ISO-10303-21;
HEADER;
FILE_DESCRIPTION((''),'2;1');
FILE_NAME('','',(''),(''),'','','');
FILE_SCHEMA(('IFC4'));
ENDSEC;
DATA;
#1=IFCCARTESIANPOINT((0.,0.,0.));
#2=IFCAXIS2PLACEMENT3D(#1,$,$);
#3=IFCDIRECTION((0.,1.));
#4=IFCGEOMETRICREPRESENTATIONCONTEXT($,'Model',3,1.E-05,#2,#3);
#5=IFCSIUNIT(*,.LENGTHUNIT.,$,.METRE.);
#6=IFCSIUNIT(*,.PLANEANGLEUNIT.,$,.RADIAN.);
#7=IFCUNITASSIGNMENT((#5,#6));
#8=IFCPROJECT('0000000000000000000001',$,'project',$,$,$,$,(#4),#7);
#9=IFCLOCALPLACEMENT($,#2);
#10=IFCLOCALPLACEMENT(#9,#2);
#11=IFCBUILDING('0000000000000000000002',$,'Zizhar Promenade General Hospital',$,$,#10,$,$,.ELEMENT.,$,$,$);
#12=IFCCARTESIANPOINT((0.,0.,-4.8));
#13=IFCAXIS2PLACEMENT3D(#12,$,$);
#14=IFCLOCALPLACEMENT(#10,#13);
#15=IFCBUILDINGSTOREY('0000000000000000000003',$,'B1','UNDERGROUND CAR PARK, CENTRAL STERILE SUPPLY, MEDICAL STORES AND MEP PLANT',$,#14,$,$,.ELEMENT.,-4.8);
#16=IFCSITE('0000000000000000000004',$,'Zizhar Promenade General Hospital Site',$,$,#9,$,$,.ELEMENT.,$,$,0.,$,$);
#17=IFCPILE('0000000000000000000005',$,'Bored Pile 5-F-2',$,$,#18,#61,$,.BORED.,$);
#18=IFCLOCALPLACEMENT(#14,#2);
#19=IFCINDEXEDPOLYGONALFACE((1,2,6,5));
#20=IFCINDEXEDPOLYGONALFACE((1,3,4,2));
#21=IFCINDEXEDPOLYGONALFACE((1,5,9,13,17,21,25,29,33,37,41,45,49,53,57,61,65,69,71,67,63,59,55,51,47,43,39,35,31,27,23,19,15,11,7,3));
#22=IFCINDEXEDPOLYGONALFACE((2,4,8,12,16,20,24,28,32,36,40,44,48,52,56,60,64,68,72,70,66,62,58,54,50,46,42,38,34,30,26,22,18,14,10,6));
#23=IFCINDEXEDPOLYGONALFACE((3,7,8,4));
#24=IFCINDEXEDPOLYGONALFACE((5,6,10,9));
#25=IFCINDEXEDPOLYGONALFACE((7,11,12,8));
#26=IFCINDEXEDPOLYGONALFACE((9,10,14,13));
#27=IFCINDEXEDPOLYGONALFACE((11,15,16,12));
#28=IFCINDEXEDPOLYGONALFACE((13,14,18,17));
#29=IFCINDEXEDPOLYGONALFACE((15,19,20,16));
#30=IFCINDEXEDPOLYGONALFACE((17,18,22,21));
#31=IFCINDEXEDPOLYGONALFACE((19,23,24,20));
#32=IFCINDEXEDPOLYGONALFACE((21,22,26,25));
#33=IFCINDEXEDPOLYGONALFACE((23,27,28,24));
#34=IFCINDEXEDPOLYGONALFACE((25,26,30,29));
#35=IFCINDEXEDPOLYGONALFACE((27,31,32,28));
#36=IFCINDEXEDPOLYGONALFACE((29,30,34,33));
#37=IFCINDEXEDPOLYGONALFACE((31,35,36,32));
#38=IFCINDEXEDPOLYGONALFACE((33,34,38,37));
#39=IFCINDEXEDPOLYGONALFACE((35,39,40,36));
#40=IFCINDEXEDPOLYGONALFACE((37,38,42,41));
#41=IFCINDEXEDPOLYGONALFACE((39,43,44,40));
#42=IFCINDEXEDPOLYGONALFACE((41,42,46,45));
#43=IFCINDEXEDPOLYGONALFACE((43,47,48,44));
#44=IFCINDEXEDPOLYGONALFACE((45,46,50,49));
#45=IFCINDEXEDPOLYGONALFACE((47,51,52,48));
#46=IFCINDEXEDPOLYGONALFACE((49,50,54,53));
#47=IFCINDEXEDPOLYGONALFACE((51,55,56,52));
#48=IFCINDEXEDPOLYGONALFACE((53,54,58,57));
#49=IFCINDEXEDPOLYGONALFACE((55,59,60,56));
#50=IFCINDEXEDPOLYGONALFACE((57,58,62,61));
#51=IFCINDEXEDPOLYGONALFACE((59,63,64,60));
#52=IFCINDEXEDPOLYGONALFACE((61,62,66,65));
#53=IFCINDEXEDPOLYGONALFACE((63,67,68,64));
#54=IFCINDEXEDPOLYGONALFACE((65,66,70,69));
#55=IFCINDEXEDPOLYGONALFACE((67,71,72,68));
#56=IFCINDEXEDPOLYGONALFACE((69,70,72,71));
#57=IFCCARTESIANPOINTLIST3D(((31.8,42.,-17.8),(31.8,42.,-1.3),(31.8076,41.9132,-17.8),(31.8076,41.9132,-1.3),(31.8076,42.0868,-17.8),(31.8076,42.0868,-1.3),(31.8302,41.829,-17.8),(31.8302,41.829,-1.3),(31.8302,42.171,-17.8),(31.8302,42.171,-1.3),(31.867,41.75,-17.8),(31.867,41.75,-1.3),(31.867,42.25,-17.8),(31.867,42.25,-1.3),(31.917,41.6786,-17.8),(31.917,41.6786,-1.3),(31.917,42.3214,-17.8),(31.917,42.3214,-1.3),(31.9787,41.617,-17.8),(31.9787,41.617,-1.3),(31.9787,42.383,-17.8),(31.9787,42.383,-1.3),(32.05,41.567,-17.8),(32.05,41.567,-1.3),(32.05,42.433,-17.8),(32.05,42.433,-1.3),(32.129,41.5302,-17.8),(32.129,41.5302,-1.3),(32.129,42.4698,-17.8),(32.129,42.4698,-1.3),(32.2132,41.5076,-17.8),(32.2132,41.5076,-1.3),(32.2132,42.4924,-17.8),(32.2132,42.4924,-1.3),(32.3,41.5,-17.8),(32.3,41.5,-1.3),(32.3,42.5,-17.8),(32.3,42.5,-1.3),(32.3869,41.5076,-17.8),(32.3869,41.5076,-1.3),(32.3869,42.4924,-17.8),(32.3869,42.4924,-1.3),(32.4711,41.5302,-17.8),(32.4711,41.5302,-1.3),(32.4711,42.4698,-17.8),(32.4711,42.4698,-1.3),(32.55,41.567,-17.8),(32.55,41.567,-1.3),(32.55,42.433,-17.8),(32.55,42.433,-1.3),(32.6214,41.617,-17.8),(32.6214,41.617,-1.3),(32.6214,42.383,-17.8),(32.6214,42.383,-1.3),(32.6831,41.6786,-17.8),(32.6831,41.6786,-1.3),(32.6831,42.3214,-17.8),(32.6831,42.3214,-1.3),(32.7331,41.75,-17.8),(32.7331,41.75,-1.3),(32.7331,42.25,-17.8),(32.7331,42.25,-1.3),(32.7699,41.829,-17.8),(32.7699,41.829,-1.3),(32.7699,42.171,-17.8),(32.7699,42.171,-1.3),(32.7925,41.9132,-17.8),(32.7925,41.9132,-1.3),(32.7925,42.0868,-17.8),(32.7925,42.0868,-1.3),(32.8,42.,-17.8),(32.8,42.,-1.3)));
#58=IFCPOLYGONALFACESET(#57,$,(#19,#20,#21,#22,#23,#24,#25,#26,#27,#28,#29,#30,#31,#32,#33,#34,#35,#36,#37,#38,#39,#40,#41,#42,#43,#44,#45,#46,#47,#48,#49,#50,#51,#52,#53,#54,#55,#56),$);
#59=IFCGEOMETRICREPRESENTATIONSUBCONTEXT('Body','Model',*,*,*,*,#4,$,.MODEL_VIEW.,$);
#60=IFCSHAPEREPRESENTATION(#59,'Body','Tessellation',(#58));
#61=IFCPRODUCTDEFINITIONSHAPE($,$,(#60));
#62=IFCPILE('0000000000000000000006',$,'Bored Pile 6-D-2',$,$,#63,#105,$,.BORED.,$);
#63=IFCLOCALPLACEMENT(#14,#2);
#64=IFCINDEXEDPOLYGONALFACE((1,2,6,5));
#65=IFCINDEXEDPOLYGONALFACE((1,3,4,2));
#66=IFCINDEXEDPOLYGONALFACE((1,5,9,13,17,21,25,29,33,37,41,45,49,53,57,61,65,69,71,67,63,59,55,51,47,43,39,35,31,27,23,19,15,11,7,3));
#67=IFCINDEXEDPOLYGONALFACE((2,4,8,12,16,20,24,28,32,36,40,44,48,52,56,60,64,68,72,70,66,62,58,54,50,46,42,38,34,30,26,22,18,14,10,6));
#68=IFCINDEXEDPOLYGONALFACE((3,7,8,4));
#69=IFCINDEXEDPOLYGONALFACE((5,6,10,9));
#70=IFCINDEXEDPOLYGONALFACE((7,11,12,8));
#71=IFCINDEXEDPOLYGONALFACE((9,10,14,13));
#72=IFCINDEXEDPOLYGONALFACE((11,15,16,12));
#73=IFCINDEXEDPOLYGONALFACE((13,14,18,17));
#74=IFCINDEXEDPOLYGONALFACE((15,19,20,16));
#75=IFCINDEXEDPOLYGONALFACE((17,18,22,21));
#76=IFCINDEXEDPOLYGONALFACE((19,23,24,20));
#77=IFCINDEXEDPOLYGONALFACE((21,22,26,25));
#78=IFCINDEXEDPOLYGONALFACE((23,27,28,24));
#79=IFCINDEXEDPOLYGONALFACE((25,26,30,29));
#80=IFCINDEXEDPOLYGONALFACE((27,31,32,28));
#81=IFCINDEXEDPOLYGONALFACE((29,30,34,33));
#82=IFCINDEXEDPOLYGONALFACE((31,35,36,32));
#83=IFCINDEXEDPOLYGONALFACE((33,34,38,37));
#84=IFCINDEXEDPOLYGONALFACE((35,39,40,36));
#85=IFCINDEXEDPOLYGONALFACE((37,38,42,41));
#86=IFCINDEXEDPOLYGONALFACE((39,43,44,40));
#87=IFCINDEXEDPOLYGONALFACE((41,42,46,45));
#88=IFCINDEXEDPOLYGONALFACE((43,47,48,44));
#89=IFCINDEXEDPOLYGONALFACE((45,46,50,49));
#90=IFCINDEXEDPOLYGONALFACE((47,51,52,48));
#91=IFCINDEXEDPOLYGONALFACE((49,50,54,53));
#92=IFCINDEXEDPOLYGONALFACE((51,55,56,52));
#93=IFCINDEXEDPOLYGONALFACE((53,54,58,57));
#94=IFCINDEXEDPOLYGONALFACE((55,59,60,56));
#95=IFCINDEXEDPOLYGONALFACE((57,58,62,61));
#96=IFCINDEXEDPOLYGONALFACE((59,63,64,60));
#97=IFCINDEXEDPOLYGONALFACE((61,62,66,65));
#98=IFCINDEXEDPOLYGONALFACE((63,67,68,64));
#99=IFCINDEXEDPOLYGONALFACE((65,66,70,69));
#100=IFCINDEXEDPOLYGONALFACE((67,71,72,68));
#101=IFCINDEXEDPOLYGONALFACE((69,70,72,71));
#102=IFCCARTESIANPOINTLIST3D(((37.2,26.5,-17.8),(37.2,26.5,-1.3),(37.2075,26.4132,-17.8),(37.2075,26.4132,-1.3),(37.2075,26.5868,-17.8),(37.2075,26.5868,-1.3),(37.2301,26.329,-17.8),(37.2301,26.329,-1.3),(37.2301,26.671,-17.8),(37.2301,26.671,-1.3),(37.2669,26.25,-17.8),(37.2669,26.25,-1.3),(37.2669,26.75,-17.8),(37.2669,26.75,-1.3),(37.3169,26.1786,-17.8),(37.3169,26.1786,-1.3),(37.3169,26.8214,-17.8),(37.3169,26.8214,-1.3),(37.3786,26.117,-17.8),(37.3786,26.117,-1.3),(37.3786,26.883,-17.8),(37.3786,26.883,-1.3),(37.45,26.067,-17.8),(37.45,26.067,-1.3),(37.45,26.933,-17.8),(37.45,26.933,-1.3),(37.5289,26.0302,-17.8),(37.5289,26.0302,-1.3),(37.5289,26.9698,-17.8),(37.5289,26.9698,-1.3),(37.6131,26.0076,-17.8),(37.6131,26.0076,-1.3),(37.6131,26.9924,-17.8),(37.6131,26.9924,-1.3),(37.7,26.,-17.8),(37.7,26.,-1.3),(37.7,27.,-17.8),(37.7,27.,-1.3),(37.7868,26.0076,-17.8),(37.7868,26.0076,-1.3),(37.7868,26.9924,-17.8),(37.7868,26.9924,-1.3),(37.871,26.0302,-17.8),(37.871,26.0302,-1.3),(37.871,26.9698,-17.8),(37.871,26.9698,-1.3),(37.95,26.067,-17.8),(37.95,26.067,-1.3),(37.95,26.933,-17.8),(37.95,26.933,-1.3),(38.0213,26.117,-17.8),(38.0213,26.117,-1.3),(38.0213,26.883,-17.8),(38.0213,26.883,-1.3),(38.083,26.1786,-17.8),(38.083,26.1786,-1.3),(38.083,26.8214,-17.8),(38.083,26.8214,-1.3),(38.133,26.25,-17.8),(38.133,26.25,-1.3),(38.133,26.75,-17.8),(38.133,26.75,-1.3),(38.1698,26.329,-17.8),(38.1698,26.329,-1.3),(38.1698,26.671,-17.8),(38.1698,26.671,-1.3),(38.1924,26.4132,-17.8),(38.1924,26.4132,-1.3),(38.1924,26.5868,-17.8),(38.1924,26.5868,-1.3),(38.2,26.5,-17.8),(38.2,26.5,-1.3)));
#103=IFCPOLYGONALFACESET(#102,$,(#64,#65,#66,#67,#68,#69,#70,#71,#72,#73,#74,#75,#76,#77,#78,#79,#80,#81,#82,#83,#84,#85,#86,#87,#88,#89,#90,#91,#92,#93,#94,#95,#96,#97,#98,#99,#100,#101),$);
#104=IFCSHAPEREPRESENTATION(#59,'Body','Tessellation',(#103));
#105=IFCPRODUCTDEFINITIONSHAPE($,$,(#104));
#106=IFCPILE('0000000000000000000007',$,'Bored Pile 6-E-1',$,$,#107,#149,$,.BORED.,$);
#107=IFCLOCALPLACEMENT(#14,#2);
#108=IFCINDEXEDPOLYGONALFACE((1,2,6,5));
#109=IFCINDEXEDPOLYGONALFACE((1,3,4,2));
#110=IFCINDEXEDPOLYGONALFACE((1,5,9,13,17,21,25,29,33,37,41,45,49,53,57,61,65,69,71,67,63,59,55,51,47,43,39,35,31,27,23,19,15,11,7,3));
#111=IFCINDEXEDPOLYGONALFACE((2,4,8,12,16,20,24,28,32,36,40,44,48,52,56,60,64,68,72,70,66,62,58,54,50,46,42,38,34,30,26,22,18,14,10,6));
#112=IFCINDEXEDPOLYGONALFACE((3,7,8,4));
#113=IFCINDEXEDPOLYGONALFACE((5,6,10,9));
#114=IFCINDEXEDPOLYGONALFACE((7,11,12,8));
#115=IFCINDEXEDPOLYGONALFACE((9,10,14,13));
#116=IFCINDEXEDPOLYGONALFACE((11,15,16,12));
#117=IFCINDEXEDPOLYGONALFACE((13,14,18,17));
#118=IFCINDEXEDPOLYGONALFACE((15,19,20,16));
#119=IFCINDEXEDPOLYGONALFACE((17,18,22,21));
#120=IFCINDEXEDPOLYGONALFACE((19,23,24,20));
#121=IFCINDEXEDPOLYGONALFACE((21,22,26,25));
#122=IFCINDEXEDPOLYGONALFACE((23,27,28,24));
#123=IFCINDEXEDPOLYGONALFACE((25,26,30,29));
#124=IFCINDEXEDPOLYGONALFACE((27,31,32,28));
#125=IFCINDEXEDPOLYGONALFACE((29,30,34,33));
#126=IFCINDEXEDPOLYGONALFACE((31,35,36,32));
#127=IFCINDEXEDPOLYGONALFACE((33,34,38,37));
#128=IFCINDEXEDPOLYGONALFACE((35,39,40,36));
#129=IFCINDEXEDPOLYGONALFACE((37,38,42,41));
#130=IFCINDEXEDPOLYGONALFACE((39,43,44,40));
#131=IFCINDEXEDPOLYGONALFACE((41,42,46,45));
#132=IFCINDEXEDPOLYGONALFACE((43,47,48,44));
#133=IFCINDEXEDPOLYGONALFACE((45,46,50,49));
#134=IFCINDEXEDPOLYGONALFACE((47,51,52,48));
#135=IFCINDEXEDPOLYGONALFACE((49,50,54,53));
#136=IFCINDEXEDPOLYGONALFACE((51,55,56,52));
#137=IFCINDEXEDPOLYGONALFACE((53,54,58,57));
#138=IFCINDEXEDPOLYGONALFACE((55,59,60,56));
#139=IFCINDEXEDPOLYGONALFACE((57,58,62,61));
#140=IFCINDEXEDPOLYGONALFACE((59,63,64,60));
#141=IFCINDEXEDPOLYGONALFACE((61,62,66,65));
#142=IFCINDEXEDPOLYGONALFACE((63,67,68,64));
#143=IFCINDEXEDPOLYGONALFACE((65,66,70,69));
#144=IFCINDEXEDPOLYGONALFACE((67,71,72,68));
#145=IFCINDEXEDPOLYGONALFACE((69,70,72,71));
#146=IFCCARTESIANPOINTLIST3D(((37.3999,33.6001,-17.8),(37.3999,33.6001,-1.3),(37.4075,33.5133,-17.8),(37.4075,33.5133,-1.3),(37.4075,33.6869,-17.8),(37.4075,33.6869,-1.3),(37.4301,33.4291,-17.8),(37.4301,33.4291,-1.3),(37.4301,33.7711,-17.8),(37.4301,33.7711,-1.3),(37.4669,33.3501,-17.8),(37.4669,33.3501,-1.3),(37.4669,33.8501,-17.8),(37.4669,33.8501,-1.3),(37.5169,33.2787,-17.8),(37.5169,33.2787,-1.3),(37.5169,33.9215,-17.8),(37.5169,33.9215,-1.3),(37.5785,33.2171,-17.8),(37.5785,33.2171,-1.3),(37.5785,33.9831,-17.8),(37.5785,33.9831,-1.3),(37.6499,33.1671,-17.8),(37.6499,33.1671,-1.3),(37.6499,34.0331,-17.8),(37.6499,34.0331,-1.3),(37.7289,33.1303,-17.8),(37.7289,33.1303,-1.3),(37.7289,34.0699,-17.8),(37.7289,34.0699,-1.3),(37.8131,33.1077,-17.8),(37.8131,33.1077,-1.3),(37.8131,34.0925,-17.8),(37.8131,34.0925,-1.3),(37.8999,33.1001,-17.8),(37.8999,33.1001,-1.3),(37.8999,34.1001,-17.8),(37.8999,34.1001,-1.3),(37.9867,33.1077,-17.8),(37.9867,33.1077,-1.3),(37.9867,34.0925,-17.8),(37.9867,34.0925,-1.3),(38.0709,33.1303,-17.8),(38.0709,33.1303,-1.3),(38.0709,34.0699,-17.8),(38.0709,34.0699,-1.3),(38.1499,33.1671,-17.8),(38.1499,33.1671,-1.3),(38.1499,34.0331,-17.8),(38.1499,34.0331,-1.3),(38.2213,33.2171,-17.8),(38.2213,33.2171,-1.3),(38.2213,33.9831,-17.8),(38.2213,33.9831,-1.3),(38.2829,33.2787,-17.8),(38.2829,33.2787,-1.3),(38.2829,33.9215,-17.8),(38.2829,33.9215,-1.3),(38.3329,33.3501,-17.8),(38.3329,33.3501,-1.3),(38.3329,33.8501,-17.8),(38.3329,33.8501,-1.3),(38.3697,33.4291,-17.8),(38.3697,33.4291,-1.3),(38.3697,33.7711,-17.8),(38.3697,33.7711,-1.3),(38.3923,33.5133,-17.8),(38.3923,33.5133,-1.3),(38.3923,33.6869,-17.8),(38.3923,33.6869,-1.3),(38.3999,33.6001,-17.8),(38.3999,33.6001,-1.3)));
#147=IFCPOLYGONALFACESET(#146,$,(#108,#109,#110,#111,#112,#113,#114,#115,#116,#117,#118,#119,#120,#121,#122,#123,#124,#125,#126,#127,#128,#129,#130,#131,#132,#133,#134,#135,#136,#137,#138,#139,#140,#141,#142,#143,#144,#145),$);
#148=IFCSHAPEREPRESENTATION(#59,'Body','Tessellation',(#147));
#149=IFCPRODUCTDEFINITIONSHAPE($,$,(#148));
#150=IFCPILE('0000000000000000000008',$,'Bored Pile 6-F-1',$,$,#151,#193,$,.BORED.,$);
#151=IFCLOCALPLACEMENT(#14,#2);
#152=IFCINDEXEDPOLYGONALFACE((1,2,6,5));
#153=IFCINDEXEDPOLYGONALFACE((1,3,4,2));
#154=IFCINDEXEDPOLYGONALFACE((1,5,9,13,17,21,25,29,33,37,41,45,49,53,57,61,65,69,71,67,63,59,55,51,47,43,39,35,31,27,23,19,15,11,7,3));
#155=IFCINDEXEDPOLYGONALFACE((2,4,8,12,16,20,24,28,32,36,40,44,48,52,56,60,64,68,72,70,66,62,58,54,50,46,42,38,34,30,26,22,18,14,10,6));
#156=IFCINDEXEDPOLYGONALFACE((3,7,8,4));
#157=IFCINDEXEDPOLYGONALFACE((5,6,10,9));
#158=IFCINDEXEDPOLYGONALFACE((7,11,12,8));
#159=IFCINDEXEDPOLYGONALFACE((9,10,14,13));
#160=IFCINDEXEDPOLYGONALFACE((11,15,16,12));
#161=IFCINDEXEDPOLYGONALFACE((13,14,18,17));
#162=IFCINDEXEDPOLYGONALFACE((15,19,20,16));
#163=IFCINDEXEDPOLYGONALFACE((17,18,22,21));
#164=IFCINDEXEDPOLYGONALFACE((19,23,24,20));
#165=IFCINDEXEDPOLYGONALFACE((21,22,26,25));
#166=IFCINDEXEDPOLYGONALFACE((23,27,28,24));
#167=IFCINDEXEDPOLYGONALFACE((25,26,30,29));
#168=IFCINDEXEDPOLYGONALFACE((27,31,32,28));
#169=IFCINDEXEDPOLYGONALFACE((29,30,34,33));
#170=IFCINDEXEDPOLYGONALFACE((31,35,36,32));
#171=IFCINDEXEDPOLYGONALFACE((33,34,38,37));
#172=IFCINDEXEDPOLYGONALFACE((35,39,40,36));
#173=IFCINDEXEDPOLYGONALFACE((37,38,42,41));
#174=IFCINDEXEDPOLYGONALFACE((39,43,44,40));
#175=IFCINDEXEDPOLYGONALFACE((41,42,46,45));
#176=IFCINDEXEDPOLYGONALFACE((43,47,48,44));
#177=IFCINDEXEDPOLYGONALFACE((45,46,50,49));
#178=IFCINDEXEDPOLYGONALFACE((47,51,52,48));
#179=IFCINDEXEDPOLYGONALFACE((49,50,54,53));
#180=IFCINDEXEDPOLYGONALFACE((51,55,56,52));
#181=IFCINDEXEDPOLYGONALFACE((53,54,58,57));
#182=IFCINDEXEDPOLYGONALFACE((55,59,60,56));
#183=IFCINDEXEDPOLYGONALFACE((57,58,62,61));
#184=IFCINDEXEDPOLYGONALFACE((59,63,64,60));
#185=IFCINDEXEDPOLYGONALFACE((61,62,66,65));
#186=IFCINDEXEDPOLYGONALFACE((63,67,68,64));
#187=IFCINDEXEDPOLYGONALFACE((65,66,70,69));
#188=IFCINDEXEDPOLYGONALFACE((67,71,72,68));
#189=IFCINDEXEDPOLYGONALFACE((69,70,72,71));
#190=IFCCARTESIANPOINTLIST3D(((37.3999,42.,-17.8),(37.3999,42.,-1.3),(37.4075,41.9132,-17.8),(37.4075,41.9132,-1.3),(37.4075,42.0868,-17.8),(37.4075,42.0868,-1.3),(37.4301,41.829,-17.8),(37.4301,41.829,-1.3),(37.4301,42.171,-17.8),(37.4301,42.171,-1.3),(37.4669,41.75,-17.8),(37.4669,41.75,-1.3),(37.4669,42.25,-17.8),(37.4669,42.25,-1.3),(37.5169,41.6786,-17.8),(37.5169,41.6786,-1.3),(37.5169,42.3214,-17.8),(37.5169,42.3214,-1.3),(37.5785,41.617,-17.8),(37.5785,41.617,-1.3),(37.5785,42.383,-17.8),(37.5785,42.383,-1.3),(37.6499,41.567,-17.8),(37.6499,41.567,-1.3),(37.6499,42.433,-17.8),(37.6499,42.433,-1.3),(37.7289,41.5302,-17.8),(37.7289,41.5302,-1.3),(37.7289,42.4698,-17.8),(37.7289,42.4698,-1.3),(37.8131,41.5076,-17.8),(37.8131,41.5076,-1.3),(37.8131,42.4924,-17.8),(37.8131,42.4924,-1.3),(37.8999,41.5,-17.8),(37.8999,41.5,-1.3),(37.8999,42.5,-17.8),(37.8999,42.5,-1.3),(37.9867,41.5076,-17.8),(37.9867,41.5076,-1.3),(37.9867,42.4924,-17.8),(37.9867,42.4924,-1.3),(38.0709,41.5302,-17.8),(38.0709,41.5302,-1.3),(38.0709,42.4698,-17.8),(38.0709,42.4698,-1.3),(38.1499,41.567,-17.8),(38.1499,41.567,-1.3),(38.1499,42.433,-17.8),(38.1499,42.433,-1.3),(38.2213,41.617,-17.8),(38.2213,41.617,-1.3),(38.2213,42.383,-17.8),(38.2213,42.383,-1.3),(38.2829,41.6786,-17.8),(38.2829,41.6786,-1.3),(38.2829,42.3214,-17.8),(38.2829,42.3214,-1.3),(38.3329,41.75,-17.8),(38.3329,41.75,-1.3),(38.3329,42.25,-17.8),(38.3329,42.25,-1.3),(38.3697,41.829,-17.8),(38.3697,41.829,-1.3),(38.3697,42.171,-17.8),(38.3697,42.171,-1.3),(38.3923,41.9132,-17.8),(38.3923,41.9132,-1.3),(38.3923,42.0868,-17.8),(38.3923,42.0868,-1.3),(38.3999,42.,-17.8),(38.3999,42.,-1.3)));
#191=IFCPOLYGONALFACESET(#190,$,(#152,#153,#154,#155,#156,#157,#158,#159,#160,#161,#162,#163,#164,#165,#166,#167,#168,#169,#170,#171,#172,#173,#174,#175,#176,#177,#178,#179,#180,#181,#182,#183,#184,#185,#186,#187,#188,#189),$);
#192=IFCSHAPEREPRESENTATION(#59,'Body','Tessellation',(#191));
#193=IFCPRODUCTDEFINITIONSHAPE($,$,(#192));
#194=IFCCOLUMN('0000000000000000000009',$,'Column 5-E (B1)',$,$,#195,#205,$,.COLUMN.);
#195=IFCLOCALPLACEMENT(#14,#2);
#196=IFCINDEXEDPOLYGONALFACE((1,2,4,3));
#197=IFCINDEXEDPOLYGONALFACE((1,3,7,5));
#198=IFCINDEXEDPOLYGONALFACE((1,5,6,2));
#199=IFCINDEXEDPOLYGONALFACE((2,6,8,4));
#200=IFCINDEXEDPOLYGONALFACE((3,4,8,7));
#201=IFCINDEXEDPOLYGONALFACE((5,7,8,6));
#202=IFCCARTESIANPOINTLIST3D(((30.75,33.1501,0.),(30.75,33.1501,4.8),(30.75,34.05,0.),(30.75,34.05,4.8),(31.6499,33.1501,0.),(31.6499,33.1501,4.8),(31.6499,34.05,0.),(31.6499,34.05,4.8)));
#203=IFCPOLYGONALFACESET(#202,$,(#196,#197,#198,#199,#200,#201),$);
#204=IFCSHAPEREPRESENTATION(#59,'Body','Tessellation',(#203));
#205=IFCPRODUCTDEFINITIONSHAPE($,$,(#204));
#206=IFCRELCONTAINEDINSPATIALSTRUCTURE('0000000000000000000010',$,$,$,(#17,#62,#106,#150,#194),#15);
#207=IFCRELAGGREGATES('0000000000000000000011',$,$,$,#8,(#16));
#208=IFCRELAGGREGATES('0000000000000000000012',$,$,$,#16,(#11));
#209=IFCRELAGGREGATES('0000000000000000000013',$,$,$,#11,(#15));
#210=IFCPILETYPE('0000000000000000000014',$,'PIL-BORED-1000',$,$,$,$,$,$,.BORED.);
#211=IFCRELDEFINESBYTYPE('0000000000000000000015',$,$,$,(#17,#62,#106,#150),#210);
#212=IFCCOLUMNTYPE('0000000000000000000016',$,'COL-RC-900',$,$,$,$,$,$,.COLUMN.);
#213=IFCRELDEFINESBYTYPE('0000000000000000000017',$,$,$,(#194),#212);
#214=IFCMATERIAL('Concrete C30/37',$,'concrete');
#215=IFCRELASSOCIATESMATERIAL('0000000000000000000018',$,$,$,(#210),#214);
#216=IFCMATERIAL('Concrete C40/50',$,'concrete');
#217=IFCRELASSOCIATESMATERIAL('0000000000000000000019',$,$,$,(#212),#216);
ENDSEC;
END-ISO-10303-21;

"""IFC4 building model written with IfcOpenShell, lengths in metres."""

from ifc_helpers import new_model, si_unit, direction, frame, origin, origin_2d, place, context, subcontext, project, spatial, rectangle, circle, extrude, material, material_profile, profile_set, type_object, element, save


model = new_model("IFC4")

# Units and contexts
model_context = context("Model", 3, precision=1e-05, world=origin(), true_north=direction((0.0, 1.0)))
body_context = subcontext(model_context, "Body", "Model", "MODEL_VIEW")
ifc_project = project(units=[si_unit("LENGTHUNIT", "METRE"), si_unit("PLANEANGLEUNIT", "RADIAN")], contexts=[model_context])

# Site, building, storey
site_placement = place(None, origin())
site = spatial("IfcSite", under=ifc_project, at=site_placement, Name="Zizhar Promenade General Hospital Site", CompositionType="ELEMENT", RefElevation=0.0)
building_placement = place(site_placement, origin())
building = spatial("IfcBuilding", under=site, at=building_placement, Name="Zizhar Promenade General Hospital", CompositionType="ELEMENT")
storey_placement = place(building_placement, frame((0.0, 0.0, -4.8)))
storey = spatial("IfcBuildingStorey", under=building, at=storey_placement, Name="B1", Description="UNDERGROUND CAR PARK, CENTRAL STERILE SUPPLY, MEDICAL STORES AND MEP PLANT", CompositionType="ELEMENT", Elevation=-4.8)

# Piles
ifc_material_1 = material(Name="Concrete C30/37", Category="concrete")
ifc_material_profile_1 = material_profile(ifc_material_1, circle(Radius=0.5, at=origin_2d()))
ifc_profile_set_1 = profile_set([ifc_material_profile_1], Name="Concrete C30/37")
pile_type = type_object("IfcPileType", Name="PIL-BORED-1000", PredefinedType="BORED", material=ifc_profile_set_1)
for number, where, z_axis, x_axis, name in (
    (1, (32.3, 42.0, -1.3), (0.0, 0.0, -1.0), (1.0, 0.0, 0.0), "Bored Pile 5-F-2"),
    (2, (37.7, 26.5, -1.3), (0.0, 0.0, -1.0), (1.0, 0.0, 0.0), "Bored Pile 6-D-2"),
    (3, (37.8999, 33.6001, -1.3), (0.0, 0.0, -1.0), (1.0, 0.0, 0.0), "Bored Pile 6-E-1"),
    (4, (37.8999, 42.0, -1.3), (0.0, 0.0, -1.0), (1.0, 0.0, 0.0), "Bored Pile 6-F-1"),
):
    element("IfcPile", number, at=place(storey_placement, frame(where, z_axis=z_axis, x_axis=x_axis)), inside=storey, type_object=pile_type, Name=name, PredefinedType="BORED", context=body_context, shape_type="SweptSolid", body=[
        extrude(circle(Radius=0.5, at=origin_2d()), origin(), (0.0, 0.0, 1.0), 16.5),
    ])

# Column
ifc_material_2 = material(Name="Concrete C40/50", Category="concrete")
ifc_material_profile_2 = material_profile(ifc_material_2, rectangle(XDim=0.8999, YDim=0.8999, at=origin_2d()))
ifc_profile_set_2 = profile_set([ifc_material_profile_2], Name="Concrete C40/50")
column_type = type_object("IfcColumnType", Name="COL-RC-900", PredefinedType="COLUMN", material=ifc_profile_set_2)
for number, where, z_axis, x_axis, name in (
    (5, (31.2, 33.6001, 0.0), (0.0, 0.0, 1.0), (1.0, 0.0, 0.0), "Column 5-E (B1)"),
):
    element("IfcColumn", number, at=place(storey_placement, frame(where, z_axis=z_axis, x_axis=x_axis)), inside=storey, type_object=column_type, Name=name, PredefinedType="COLUMN", context=body_context, shape_type="SweptSolid", body=[
        extrude(rectangle(XDim=0.8999, YDim=0.8999, at=origin_2d()), origin(), (0.0, 0.0, 1.0), 4.8),
    ])

save(model, "model.ifc")
